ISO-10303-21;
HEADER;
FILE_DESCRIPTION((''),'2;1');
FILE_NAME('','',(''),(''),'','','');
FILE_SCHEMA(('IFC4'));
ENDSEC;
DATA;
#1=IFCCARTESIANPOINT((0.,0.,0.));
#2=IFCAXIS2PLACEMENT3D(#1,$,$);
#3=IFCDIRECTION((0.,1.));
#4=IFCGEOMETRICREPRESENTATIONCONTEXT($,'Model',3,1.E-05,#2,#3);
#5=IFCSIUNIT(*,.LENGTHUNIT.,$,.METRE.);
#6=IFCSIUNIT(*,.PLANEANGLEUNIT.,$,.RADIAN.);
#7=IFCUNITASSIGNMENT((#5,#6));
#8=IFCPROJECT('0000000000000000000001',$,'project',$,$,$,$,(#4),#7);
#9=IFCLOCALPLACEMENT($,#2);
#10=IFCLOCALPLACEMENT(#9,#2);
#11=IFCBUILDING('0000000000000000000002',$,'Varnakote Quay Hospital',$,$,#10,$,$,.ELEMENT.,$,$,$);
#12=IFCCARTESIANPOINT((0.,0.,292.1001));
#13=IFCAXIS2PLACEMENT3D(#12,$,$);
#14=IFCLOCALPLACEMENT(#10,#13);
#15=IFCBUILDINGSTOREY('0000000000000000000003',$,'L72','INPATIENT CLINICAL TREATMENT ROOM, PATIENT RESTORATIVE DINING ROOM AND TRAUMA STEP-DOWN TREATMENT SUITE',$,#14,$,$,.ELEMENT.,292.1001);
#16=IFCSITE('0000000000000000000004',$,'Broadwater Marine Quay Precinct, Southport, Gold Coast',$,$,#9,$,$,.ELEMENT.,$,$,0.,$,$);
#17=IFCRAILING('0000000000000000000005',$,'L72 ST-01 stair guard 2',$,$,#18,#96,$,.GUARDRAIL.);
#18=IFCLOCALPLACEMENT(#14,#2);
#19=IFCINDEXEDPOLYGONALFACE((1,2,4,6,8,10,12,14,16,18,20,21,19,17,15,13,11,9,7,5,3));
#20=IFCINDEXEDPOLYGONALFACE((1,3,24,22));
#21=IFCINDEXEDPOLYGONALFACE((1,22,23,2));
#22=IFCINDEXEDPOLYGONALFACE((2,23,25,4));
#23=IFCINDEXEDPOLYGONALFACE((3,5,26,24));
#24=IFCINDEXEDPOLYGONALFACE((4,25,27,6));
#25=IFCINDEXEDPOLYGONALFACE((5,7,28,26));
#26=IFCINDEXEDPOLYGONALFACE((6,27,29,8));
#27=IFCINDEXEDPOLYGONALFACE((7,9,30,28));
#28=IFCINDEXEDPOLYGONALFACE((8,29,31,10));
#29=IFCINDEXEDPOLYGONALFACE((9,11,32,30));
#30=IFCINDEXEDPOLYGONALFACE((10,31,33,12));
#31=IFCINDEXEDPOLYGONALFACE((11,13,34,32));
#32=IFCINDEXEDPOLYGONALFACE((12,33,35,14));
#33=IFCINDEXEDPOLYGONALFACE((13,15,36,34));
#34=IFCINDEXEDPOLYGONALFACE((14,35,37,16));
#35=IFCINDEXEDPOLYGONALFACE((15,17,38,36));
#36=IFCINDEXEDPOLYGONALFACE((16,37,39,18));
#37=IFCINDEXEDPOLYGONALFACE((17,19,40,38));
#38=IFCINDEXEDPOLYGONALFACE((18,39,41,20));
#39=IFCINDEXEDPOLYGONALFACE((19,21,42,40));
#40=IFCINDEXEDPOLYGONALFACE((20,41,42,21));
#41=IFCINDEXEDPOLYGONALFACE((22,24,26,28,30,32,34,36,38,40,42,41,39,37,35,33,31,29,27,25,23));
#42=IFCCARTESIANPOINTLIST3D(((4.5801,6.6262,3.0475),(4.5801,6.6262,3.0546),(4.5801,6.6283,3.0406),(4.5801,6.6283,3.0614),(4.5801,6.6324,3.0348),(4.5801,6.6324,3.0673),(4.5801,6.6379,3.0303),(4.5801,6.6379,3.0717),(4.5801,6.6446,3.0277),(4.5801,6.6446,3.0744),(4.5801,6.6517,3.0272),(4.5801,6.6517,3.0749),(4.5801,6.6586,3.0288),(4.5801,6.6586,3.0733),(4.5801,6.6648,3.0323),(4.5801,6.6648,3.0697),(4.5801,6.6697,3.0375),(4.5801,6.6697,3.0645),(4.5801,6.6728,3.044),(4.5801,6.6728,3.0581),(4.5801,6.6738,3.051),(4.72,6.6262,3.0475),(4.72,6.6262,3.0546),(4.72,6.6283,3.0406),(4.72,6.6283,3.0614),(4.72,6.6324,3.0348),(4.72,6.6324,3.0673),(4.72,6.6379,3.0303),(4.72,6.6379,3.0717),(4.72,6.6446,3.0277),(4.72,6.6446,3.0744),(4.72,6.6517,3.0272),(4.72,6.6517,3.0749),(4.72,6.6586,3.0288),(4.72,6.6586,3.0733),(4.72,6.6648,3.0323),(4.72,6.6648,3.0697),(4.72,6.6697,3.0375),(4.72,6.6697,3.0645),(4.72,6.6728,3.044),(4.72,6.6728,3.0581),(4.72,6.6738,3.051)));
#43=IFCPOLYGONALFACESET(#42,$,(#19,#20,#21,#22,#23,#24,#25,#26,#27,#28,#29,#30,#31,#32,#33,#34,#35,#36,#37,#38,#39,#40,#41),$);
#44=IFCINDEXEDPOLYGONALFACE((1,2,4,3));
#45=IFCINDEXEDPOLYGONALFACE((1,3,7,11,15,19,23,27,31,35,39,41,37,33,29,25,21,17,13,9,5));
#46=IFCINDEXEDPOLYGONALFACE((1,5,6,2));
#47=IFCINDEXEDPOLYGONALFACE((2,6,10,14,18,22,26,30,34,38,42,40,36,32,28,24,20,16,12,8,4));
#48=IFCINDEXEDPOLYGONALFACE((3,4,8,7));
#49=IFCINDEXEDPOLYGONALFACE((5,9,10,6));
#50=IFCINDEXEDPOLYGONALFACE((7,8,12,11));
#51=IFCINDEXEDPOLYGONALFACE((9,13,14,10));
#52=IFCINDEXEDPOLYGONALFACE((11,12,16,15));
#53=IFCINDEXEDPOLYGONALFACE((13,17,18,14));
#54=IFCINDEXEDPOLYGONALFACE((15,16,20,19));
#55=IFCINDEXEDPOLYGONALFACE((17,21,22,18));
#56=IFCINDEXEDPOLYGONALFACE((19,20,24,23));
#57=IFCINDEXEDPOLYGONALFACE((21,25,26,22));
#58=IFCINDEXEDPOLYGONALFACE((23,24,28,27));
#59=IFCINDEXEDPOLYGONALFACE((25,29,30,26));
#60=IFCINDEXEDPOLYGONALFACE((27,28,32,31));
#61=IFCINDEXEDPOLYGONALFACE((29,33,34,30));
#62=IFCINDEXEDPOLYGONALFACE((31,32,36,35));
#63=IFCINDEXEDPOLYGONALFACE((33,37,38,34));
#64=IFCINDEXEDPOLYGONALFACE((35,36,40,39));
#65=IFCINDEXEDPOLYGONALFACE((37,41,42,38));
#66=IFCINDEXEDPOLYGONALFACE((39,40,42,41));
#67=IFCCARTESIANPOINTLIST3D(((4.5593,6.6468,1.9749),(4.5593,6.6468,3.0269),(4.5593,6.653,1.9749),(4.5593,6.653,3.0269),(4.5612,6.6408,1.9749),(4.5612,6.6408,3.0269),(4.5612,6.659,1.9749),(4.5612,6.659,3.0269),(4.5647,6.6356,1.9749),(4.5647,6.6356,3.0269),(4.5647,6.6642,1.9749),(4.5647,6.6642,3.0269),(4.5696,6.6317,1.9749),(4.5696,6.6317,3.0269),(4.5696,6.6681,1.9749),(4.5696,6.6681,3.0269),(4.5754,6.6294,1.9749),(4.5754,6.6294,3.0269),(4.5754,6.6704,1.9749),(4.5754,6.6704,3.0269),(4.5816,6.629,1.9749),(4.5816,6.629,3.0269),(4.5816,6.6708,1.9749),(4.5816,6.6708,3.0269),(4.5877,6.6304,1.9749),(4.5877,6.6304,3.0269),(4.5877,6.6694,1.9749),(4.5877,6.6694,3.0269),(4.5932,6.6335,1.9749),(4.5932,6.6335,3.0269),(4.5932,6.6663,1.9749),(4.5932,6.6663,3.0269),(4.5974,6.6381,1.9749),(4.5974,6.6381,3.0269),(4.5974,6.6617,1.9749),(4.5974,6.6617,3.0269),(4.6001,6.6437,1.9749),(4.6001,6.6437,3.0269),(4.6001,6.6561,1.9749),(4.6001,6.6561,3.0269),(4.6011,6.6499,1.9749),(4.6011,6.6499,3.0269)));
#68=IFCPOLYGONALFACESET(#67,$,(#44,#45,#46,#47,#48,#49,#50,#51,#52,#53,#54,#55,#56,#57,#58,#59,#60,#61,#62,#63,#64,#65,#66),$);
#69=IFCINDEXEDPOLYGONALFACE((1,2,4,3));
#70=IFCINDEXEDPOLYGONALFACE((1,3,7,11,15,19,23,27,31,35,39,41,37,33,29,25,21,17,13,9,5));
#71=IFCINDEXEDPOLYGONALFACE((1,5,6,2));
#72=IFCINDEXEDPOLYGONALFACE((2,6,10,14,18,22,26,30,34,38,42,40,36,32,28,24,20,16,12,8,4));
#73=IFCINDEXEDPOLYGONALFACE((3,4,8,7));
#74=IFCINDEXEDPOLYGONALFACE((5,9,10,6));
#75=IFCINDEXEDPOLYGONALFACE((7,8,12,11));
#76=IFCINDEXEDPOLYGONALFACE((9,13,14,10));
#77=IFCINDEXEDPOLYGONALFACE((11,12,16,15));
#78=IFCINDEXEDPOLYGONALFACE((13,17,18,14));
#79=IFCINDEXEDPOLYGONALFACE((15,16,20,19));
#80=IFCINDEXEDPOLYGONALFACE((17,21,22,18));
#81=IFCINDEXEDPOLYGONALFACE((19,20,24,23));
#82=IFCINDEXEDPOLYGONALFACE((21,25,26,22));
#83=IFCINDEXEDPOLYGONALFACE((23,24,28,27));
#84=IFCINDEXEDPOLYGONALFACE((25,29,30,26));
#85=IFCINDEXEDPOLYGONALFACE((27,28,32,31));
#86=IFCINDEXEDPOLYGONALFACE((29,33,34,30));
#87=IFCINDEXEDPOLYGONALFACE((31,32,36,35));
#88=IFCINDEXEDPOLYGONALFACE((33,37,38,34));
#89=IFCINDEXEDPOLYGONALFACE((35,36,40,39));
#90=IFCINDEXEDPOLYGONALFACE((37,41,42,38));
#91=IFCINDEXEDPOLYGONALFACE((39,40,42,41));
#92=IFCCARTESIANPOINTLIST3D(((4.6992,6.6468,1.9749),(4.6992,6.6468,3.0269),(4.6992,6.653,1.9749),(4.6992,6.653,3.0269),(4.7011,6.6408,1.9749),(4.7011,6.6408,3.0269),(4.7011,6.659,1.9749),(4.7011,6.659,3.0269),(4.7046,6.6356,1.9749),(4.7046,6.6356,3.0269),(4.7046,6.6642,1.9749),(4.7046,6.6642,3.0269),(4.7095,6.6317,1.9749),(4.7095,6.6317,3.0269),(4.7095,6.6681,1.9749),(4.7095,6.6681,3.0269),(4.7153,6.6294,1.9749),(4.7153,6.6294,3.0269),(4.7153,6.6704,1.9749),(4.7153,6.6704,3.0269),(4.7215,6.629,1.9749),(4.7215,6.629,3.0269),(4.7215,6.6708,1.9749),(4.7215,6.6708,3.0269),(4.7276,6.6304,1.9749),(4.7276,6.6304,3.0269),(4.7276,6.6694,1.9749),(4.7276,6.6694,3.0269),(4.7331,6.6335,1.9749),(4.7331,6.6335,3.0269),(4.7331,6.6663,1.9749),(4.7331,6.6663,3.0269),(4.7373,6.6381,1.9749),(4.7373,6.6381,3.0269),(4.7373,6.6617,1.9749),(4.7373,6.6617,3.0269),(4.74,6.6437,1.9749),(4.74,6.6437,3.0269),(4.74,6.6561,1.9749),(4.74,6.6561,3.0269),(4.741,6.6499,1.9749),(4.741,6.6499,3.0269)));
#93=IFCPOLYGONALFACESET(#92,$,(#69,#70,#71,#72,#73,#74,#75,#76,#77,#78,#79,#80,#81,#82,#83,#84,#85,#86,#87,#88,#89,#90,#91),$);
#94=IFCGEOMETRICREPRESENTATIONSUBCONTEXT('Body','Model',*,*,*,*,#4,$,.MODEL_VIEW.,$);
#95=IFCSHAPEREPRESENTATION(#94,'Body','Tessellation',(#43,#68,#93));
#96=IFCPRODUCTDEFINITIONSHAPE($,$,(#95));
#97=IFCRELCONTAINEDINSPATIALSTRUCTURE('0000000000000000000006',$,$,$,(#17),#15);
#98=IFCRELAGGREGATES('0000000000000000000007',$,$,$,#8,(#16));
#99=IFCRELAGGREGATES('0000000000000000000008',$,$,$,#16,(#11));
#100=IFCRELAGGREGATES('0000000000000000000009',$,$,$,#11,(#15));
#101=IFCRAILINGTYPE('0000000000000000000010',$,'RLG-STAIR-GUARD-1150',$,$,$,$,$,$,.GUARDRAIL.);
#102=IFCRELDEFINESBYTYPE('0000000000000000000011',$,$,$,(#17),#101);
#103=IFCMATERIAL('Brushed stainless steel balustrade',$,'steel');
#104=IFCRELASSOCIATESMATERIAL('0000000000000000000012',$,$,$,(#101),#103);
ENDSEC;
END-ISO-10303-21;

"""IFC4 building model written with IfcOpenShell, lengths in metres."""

from ifc_helpers import new_model, si_unit, direction, frame, origin, origin_2d, place, context, subcontext, project, spatial, circle, extrude, material, type_object, element, save


model = new_model("IFC4")

# Units and contexts
model_context = context("Model", 3, precision=1e-05, world=origin(), true_north=direction((0.0, 1.0)))
body_context = subcontext(model_context, "Body", "Model", "MODEL_VIEW")
ifc_project = project(units=[si_unit("LENGTHUNIT", "METRE"), si_unit("PLANEANGLEUNIT", "RADIAN")], contexts=[model_context])

# Site, building, storey
site_placement = place(None, origin())
site = spatial("IfcSite", under=ifc_project, at=site_placement, Name="Broadwater Marine Quay Precinct, Southport, Gold Coast", CompositionType="ELEMENT", RefElevation=0.0)
building_placement = place(site_placement, origin())
building = spatial("IfcBuilding", under=site, at=building_placement, Name="Varnakote Quay Hospital", CompositionType="ELEMENT")
storey_placement = place(building_placement, frame((0.0, 0.0, 292.1001)))
storey = spatial("IfcBuildingStorey", under=building, at=storey_placement, Name="L72", Description="INPATIENT CLINICAL TREATMENT ROOM, PATIENT RESTORATIVE DINING ROOM AND TRAUMA STEP-DOWN TREATMENT SUITE", CompositionType="ELEMENT", Elevation=292.1001)

# Railing
ifc_material_1 = material(Name="Brushed stainless steel balustrade", Category="steel")
railing_type_1 = type_object("IfcRailingType", Name="RLG-STAIR-GUARD-1150", PredefinedType="GUARDRAIL", material=ifc_material_1)
railing_1_placement = place(storey_placement, frame((4.5801, 6.6499, 1.9749)))
element("IfcRailing", 1, at=railing_1_placement, inside=storey, type_object=railing_type_1, Name="L72 ST-01 stair guard 2", PredefinedType="GUARDRAIL", context=body_context, shape_type="SweptSolid", body=[
    extrude(circle(Radius=0.0239, at=origin_2d()), frame((0.0, 0.0, 1.0762), z_axis=(1.0, 0.0, 0.0), x_axis=(0.0, 1.0, 0.0)), (0.0, 0.0, 1.0), 0.1399),
    extrude(circle(Radius=0.021, at=origin_2d()), origin(), (0.0, 0.0, 1.0), 1.052),
    extrude(circle(Radius=0.021, at=origin_2d()), frame((0.1399, 0.0, 0.0)), (0.0, 0.0, 1.0), 1.052),
])

save(model, "model.ifc")
